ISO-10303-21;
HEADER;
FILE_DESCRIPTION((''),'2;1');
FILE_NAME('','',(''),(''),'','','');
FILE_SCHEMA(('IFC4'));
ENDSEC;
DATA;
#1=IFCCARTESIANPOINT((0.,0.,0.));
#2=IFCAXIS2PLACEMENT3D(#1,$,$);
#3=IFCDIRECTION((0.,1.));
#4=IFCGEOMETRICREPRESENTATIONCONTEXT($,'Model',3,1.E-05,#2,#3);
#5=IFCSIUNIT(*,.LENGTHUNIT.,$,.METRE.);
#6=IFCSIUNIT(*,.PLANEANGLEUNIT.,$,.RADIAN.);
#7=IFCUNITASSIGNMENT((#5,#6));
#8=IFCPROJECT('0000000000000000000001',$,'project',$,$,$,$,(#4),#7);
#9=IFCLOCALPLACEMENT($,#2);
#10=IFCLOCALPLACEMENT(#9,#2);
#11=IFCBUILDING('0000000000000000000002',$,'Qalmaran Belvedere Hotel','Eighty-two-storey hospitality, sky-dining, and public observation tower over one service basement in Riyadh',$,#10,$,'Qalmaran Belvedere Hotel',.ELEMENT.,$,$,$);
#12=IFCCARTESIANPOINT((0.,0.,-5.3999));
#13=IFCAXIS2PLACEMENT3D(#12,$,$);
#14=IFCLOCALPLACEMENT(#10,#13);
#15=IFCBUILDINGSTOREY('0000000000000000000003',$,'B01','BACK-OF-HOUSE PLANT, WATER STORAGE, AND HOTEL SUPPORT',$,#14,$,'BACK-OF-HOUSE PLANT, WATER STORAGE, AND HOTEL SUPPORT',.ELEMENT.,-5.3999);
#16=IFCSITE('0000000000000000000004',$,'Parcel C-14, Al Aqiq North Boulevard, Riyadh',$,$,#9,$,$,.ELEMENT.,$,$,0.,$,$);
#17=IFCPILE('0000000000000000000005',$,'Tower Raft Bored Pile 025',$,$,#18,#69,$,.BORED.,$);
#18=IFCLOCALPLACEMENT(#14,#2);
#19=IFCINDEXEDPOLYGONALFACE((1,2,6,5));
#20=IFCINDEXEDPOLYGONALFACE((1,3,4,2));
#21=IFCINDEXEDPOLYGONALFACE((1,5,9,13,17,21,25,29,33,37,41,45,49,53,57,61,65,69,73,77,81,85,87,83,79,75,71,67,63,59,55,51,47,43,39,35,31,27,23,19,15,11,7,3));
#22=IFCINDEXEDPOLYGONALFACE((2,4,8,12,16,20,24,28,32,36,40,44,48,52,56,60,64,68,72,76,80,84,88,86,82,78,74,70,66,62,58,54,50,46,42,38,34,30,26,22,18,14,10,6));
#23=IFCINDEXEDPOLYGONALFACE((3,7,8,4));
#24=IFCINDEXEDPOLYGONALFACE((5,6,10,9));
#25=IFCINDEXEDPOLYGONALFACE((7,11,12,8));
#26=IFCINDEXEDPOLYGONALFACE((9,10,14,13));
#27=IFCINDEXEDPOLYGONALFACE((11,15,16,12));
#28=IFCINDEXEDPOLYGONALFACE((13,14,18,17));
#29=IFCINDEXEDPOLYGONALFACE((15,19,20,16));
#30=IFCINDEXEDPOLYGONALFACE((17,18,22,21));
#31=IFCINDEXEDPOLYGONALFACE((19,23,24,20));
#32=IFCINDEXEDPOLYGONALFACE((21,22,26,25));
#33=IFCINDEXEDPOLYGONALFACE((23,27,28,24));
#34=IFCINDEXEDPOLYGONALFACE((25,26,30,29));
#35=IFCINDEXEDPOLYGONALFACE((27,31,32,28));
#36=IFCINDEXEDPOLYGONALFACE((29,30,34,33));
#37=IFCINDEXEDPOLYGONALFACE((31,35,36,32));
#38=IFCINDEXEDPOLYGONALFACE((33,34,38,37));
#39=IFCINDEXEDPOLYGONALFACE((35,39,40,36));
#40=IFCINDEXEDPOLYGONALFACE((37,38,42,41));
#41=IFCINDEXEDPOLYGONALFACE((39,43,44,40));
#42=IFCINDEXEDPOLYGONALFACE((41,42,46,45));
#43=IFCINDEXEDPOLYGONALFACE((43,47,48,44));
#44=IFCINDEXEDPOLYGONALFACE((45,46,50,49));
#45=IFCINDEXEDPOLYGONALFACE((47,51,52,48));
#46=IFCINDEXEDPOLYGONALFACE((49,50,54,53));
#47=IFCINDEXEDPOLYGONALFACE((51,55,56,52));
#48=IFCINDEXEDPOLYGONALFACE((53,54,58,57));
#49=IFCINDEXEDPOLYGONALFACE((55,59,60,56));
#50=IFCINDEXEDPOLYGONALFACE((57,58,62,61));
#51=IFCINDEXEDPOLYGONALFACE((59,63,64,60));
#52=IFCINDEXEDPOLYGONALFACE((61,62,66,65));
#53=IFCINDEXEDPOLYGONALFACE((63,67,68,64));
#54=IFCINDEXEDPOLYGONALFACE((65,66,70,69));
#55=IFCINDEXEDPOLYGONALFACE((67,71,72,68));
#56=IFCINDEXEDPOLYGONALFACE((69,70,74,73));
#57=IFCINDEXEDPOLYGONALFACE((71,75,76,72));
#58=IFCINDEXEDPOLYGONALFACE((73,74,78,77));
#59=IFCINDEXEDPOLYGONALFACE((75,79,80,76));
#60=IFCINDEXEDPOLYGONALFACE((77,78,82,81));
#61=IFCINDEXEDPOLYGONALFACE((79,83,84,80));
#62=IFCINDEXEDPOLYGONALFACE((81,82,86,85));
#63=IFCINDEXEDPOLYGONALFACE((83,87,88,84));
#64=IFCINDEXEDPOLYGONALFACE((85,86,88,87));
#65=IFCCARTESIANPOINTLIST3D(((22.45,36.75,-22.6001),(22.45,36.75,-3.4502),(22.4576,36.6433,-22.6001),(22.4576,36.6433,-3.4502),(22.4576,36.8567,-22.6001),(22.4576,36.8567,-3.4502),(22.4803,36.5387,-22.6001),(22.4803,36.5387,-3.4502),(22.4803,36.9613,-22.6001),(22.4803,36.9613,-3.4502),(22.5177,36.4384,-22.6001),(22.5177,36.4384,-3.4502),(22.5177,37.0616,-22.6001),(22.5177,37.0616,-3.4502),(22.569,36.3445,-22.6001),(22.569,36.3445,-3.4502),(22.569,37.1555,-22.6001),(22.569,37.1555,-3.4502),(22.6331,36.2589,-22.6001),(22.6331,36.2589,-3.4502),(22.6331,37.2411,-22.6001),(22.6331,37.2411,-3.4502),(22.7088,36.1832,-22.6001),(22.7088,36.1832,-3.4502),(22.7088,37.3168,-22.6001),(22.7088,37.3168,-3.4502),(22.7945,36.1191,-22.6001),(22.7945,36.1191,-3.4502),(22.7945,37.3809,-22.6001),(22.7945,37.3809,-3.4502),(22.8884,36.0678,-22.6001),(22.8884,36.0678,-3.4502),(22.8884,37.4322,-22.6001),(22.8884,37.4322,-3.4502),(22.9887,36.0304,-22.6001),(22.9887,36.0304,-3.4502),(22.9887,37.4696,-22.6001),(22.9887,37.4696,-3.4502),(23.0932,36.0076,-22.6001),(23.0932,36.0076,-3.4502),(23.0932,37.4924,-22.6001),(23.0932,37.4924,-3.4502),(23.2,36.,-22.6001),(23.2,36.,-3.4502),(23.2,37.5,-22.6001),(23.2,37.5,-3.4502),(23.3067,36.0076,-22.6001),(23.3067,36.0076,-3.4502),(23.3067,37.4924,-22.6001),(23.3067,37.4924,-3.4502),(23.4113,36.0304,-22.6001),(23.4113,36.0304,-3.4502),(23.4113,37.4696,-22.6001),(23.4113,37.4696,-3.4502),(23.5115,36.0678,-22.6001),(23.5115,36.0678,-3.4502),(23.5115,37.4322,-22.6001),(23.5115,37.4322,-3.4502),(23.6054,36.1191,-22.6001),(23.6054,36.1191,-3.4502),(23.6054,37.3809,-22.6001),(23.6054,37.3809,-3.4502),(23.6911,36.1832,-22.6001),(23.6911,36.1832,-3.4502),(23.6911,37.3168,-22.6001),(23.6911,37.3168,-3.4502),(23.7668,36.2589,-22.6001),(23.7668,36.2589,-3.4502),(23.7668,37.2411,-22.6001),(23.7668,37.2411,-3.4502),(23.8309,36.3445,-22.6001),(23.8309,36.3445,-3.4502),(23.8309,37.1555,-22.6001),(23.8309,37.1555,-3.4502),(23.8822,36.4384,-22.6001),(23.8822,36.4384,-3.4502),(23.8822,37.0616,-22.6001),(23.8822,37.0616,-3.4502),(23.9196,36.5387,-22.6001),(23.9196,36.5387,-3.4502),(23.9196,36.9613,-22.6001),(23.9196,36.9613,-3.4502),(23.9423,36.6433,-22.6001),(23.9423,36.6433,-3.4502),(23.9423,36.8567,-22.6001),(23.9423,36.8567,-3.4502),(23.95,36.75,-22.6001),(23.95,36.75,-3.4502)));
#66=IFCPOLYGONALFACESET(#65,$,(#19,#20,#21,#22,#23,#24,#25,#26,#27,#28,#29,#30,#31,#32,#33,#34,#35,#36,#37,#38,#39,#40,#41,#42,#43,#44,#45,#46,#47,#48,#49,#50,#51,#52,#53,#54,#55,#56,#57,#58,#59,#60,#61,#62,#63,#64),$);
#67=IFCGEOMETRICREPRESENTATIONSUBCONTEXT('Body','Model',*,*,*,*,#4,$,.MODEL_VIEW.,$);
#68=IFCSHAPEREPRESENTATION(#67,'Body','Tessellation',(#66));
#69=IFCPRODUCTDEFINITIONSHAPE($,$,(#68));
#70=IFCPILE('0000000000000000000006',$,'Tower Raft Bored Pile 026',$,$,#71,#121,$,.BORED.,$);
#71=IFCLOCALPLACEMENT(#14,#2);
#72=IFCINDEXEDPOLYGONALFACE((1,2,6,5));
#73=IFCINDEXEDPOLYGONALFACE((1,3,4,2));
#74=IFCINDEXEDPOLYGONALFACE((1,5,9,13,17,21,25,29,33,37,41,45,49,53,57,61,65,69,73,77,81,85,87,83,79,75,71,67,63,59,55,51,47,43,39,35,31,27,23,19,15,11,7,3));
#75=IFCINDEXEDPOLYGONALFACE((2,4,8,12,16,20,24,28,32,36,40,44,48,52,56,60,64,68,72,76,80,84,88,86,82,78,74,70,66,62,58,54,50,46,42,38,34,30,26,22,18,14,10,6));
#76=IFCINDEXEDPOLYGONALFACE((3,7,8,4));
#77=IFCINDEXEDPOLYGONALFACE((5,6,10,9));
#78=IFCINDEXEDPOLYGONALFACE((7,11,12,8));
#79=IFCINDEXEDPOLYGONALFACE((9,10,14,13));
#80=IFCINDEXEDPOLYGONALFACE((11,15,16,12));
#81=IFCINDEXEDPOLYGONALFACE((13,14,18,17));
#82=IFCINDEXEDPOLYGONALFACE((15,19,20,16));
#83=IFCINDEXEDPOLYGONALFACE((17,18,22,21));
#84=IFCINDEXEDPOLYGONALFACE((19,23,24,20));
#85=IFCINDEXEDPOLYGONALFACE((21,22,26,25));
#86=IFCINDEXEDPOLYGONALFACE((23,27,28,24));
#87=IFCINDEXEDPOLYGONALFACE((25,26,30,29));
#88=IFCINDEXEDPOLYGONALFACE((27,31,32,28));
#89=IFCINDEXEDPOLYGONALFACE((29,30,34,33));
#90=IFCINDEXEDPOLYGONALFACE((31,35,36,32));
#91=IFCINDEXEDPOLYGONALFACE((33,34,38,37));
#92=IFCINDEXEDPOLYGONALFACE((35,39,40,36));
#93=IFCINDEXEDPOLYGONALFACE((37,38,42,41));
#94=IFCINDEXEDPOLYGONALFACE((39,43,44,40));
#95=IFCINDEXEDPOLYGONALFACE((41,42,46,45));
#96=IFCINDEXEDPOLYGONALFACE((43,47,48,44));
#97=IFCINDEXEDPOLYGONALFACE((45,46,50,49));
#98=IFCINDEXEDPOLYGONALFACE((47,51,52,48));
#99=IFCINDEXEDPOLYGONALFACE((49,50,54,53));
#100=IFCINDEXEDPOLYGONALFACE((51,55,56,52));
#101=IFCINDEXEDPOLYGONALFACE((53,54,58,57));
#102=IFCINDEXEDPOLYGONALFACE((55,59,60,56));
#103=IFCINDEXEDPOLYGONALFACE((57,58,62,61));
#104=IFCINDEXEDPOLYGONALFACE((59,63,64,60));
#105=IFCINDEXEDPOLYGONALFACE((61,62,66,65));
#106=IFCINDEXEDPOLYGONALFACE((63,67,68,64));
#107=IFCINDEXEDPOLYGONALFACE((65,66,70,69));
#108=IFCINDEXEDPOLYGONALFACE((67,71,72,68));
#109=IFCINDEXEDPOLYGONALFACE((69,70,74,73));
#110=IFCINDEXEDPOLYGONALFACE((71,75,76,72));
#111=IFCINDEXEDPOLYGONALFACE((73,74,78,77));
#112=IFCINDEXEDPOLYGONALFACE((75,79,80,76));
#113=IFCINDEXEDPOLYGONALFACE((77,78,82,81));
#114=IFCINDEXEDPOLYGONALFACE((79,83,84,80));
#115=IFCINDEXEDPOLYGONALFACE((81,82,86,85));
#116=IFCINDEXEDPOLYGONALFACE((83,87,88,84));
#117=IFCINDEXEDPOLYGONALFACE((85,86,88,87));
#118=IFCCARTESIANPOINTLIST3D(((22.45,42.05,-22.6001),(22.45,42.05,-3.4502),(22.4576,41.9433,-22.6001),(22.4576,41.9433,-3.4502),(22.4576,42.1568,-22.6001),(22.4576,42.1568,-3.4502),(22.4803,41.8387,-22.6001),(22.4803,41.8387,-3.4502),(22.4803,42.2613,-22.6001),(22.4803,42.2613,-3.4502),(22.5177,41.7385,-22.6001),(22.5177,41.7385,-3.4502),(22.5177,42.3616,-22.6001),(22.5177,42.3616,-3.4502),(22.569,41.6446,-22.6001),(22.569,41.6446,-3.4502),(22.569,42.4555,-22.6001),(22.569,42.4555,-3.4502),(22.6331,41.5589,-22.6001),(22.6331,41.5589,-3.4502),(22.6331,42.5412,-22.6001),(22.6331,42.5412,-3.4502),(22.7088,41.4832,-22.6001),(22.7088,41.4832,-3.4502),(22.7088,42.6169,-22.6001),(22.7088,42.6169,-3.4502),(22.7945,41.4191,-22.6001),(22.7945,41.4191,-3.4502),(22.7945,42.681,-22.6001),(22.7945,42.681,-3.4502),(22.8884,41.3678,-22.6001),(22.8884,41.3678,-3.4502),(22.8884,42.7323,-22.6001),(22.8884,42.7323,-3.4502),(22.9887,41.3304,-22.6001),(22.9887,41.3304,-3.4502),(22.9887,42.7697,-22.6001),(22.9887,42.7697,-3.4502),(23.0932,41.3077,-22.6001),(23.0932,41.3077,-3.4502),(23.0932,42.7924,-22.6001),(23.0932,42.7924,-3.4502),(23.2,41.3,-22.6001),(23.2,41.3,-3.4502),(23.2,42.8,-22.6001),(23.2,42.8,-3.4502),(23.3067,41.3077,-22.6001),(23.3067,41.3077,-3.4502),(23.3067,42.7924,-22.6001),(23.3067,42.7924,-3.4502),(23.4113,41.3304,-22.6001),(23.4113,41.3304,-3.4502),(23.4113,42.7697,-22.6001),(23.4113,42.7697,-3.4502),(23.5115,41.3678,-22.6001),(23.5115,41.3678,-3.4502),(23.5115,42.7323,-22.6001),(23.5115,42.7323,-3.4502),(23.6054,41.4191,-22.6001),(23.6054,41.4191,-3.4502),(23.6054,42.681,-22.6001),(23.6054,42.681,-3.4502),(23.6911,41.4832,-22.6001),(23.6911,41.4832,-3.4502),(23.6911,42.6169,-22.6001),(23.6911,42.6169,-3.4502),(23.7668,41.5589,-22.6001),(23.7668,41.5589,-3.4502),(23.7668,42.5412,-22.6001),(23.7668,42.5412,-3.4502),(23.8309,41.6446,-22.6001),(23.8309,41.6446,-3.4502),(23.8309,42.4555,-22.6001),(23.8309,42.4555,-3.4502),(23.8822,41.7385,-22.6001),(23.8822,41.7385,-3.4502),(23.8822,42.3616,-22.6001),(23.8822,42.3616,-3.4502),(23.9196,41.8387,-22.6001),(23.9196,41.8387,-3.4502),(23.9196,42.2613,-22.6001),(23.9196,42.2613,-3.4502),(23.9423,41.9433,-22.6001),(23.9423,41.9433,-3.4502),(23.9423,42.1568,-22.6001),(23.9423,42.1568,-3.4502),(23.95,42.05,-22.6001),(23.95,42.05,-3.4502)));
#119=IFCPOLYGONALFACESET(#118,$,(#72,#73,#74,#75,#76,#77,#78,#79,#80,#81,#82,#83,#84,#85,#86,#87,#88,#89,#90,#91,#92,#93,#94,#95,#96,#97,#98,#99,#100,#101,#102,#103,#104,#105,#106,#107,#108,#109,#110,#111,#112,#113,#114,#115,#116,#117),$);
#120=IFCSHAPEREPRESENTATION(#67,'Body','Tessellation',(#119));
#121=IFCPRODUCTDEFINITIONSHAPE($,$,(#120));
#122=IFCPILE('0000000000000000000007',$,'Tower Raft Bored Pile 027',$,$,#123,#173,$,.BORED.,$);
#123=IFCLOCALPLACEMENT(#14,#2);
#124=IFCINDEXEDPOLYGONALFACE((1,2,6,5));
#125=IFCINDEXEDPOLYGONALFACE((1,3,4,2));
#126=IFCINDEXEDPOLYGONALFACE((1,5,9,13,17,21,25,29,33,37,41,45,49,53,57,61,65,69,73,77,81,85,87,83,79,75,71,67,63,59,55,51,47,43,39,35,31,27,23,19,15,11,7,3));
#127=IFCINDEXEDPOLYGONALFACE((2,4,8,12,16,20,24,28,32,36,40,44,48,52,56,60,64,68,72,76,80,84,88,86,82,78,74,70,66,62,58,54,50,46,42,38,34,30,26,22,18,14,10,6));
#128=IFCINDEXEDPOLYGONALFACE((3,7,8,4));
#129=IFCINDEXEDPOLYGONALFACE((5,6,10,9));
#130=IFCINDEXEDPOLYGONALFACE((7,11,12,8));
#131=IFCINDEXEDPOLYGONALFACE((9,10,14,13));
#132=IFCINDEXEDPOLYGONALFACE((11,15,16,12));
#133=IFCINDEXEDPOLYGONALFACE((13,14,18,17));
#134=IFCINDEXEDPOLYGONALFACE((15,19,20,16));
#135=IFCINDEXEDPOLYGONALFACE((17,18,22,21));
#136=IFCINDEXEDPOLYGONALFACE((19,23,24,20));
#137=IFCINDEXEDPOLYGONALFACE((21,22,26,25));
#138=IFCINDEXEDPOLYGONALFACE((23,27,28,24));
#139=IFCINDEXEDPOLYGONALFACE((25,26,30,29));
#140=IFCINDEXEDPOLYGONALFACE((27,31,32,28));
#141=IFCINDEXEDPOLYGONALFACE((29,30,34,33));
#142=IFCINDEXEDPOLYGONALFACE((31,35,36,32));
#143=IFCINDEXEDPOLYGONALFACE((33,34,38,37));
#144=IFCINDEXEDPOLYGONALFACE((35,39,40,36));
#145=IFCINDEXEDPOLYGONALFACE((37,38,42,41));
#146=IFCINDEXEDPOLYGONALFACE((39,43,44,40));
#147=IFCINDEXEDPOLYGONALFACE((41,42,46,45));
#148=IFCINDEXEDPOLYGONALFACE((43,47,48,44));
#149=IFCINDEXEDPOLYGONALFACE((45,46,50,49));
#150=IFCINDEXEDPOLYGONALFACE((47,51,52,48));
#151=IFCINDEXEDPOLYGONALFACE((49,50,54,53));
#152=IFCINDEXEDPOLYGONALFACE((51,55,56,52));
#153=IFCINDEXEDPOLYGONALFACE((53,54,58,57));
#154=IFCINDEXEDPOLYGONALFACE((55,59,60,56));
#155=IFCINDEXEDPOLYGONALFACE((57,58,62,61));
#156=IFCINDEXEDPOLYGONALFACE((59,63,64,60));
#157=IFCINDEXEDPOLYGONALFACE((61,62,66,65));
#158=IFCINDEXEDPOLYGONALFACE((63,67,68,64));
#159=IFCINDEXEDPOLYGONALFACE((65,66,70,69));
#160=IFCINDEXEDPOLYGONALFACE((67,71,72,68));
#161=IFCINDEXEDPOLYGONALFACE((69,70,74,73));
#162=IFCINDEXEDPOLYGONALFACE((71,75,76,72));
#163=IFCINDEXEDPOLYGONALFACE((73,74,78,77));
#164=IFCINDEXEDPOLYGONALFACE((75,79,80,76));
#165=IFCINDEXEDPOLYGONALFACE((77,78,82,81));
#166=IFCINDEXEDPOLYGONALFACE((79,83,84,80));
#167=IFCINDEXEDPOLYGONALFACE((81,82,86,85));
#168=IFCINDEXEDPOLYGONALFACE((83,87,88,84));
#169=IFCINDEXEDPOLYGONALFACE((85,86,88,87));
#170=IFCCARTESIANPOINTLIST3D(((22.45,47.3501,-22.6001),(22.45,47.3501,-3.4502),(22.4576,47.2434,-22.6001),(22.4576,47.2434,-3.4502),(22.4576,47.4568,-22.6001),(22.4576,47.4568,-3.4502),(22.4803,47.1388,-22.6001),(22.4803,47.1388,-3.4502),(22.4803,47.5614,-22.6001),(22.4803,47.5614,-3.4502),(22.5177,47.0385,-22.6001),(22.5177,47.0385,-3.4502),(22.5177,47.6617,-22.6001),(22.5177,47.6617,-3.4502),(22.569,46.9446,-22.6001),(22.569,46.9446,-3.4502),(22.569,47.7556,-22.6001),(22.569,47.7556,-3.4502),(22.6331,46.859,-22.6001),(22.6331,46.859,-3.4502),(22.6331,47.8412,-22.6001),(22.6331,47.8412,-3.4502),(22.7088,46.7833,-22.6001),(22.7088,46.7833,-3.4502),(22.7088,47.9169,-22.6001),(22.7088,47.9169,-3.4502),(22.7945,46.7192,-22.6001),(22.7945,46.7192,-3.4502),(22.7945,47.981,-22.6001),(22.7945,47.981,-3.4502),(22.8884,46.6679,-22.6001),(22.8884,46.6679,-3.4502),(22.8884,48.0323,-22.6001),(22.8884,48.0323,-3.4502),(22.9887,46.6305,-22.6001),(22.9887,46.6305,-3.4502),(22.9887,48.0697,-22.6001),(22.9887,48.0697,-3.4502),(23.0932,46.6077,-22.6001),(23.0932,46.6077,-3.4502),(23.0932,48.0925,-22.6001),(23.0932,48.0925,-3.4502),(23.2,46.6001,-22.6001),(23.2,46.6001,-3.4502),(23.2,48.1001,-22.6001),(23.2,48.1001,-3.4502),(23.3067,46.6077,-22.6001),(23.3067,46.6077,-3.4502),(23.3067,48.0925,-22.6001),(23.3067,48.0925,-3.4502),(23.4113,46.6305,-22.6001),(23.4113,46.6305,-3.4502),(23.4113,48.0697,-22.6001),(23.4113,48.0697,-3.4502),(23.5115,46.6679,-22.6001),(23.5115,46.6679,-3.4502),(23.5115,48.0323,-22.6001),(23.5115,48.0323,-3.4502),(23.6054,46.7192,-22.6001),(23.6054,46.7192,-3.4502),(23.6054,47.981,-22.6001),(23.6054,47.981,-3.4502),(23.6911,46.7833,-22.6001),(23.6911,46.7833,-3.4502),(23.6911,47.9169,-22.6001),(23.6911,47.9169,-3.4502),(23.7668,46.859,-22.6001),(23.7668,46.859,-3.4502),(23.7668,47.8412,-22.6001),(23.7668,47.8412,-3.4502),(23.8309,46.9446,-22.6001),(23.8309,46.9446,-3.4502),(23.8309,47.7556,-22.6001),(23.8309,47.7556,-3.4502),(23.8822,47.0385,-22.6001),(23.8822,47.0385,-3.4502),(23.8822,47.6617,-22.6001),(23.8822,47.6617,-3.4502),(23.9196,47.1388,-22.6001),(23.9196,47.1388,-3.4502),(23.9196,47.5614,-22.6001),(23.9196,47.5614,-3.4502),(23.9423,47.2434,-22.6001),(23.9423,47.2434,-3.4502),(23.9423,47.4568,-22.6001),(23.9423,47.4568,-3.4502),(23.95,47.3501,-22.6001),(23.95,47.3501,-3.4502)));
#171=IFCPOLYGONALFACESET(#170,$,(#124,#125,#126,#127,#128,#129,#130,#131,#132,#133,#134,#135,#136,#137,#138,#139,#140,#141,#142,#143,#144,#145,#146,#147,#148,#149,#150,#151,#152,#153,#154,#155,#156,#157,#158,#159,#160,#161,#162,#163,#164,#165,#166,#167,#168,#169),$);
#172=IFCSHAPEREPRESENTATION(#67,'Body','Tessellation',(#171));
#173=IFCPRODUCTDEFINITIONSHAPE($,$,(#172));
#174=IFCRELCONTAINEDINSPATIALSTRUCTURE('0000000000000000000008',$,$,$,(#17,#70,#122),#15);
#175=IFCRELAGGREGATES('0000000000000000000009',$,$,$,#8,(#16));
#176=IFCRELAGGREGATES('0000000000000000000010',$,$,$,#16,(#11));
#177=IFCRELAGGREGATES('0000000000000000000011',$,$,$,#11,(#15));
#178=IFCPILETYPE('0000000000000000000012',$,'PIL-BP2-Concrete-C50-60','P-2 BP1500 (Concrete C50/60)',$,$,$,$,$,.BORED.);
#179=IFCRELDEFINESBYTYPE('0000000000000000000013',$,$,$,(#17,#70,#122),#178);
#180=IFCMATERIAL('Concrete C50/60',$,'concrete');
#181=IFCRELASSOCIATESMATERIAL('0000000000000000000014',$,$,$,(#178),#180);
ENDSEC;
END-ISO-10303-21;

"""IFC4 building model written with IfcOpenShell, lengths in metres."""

from ifc_helpers import new_model, si_unit, direction, frame, origin, origin_2d, place, context, subcontext, project, spatial, circle, extrude, material, material_profile, profile_set, type_object, element, save


model = new_model("IFC4")

# Units and contexts
model_context = context("Model", 3, precision=1e-05, world=origin(), true_north=direction((0.0, 1.0)))
body_context = subcontext(model_context, "Body", "Model", "MODEL_VIEW")
ifc_project = project(units=[si_unit("LENGTHUNIT", "METRE"), si_unit("PLANEANGLEUNIT", "RADIAN")], contexts=[model_context])

# Site, building, storey
site_placement = place(None, origin())
site = spatial("IfcSite", under=ifc_project, at=site_placement, Name="Parcel C-14, Al Aqiq North Boulevard, Riyadh", CompositionType="ELEMENT", RefElevation=0.0)
building_placement = place(site_placement, origin())
building = spatial("IfcBuilding", under=site, at=building_placement, Name="Qalmaran Belvedere Hotel", Description="Eighty-two-storey hospitality, sky-dining, and public observation tower over one service basement in Riyadh", LongName="Qalmaran Belvedere Hotel", CompositionType="ELEMENT")
storey_placement = place(building_placement, frame((0.0, 0.0, -5.3999)))
storey = spatial("IfcBuildingStorey", under=building, at=storey_placement, Name="B01", Description="BACK-OF-HOUSE PLANT, WATER STORAGE, AND HOTEL SUPPORT", LongName="BACK-OF-HOUSE PLANT, WATER STORAGE, AND HOTEL SUPPORT", CompositionType="ELEMENT", Elevation=-5.3999)

# Shared definitions
ifc_material_1 = material(Name="Concrete C50/60", Category="concrete")

# Piles
ifc_material_profile_1 = material_profile(ifc_material_1, circle(Radius=0.75, at=origin_2d()), Name="BP1500")
ifc_profile_set_1 = profile_set([ifc_material_profile_1], Name="Concrete C50/60")
pile_type = type_object("IfcPileType", Name="PIL-BP2-Concrete-C50-60", Description="P-2 BP1500 (Concrete C50/60)", PredefinedType="BORED", material=ifc_profile_set_1)
for number, where, z_axis, x_axis, name in (
    (1, (23.2, 36.75, -3.4502), (0.0, 0.0, -1.0), (1.0, 0.0, 0.0), "Tower Raft Bored Pile 025"),
    (2, (23.2, 42.05, -3.4502), (0.0, 0.0, -1.0), (1.0, 0.0, 0.0), "Tower Raft Bored Pile 026"),
    (3, (23.2, 47.3501, -3.4502), (0.0, 0.0, -1.0), (1.0, 0.0, 0.0), "Tower Raft Bored Pile 027"),
):
    element("IfcPile", number, at=place(storey_placement, frame(where, z_axis=z_axis, x_axis=x_axis)), inside=storey, type_object=pile_type, Name=name, PredefinedType="BORED", context=body_context, shape_type="SweptSolid", body=[
        extrude(circle(Radius=0.75, at=origin_2d()), origin(), (0.0, 0.0, 1.0), 19.1499),
    ])

save(model, "model.ifc")
